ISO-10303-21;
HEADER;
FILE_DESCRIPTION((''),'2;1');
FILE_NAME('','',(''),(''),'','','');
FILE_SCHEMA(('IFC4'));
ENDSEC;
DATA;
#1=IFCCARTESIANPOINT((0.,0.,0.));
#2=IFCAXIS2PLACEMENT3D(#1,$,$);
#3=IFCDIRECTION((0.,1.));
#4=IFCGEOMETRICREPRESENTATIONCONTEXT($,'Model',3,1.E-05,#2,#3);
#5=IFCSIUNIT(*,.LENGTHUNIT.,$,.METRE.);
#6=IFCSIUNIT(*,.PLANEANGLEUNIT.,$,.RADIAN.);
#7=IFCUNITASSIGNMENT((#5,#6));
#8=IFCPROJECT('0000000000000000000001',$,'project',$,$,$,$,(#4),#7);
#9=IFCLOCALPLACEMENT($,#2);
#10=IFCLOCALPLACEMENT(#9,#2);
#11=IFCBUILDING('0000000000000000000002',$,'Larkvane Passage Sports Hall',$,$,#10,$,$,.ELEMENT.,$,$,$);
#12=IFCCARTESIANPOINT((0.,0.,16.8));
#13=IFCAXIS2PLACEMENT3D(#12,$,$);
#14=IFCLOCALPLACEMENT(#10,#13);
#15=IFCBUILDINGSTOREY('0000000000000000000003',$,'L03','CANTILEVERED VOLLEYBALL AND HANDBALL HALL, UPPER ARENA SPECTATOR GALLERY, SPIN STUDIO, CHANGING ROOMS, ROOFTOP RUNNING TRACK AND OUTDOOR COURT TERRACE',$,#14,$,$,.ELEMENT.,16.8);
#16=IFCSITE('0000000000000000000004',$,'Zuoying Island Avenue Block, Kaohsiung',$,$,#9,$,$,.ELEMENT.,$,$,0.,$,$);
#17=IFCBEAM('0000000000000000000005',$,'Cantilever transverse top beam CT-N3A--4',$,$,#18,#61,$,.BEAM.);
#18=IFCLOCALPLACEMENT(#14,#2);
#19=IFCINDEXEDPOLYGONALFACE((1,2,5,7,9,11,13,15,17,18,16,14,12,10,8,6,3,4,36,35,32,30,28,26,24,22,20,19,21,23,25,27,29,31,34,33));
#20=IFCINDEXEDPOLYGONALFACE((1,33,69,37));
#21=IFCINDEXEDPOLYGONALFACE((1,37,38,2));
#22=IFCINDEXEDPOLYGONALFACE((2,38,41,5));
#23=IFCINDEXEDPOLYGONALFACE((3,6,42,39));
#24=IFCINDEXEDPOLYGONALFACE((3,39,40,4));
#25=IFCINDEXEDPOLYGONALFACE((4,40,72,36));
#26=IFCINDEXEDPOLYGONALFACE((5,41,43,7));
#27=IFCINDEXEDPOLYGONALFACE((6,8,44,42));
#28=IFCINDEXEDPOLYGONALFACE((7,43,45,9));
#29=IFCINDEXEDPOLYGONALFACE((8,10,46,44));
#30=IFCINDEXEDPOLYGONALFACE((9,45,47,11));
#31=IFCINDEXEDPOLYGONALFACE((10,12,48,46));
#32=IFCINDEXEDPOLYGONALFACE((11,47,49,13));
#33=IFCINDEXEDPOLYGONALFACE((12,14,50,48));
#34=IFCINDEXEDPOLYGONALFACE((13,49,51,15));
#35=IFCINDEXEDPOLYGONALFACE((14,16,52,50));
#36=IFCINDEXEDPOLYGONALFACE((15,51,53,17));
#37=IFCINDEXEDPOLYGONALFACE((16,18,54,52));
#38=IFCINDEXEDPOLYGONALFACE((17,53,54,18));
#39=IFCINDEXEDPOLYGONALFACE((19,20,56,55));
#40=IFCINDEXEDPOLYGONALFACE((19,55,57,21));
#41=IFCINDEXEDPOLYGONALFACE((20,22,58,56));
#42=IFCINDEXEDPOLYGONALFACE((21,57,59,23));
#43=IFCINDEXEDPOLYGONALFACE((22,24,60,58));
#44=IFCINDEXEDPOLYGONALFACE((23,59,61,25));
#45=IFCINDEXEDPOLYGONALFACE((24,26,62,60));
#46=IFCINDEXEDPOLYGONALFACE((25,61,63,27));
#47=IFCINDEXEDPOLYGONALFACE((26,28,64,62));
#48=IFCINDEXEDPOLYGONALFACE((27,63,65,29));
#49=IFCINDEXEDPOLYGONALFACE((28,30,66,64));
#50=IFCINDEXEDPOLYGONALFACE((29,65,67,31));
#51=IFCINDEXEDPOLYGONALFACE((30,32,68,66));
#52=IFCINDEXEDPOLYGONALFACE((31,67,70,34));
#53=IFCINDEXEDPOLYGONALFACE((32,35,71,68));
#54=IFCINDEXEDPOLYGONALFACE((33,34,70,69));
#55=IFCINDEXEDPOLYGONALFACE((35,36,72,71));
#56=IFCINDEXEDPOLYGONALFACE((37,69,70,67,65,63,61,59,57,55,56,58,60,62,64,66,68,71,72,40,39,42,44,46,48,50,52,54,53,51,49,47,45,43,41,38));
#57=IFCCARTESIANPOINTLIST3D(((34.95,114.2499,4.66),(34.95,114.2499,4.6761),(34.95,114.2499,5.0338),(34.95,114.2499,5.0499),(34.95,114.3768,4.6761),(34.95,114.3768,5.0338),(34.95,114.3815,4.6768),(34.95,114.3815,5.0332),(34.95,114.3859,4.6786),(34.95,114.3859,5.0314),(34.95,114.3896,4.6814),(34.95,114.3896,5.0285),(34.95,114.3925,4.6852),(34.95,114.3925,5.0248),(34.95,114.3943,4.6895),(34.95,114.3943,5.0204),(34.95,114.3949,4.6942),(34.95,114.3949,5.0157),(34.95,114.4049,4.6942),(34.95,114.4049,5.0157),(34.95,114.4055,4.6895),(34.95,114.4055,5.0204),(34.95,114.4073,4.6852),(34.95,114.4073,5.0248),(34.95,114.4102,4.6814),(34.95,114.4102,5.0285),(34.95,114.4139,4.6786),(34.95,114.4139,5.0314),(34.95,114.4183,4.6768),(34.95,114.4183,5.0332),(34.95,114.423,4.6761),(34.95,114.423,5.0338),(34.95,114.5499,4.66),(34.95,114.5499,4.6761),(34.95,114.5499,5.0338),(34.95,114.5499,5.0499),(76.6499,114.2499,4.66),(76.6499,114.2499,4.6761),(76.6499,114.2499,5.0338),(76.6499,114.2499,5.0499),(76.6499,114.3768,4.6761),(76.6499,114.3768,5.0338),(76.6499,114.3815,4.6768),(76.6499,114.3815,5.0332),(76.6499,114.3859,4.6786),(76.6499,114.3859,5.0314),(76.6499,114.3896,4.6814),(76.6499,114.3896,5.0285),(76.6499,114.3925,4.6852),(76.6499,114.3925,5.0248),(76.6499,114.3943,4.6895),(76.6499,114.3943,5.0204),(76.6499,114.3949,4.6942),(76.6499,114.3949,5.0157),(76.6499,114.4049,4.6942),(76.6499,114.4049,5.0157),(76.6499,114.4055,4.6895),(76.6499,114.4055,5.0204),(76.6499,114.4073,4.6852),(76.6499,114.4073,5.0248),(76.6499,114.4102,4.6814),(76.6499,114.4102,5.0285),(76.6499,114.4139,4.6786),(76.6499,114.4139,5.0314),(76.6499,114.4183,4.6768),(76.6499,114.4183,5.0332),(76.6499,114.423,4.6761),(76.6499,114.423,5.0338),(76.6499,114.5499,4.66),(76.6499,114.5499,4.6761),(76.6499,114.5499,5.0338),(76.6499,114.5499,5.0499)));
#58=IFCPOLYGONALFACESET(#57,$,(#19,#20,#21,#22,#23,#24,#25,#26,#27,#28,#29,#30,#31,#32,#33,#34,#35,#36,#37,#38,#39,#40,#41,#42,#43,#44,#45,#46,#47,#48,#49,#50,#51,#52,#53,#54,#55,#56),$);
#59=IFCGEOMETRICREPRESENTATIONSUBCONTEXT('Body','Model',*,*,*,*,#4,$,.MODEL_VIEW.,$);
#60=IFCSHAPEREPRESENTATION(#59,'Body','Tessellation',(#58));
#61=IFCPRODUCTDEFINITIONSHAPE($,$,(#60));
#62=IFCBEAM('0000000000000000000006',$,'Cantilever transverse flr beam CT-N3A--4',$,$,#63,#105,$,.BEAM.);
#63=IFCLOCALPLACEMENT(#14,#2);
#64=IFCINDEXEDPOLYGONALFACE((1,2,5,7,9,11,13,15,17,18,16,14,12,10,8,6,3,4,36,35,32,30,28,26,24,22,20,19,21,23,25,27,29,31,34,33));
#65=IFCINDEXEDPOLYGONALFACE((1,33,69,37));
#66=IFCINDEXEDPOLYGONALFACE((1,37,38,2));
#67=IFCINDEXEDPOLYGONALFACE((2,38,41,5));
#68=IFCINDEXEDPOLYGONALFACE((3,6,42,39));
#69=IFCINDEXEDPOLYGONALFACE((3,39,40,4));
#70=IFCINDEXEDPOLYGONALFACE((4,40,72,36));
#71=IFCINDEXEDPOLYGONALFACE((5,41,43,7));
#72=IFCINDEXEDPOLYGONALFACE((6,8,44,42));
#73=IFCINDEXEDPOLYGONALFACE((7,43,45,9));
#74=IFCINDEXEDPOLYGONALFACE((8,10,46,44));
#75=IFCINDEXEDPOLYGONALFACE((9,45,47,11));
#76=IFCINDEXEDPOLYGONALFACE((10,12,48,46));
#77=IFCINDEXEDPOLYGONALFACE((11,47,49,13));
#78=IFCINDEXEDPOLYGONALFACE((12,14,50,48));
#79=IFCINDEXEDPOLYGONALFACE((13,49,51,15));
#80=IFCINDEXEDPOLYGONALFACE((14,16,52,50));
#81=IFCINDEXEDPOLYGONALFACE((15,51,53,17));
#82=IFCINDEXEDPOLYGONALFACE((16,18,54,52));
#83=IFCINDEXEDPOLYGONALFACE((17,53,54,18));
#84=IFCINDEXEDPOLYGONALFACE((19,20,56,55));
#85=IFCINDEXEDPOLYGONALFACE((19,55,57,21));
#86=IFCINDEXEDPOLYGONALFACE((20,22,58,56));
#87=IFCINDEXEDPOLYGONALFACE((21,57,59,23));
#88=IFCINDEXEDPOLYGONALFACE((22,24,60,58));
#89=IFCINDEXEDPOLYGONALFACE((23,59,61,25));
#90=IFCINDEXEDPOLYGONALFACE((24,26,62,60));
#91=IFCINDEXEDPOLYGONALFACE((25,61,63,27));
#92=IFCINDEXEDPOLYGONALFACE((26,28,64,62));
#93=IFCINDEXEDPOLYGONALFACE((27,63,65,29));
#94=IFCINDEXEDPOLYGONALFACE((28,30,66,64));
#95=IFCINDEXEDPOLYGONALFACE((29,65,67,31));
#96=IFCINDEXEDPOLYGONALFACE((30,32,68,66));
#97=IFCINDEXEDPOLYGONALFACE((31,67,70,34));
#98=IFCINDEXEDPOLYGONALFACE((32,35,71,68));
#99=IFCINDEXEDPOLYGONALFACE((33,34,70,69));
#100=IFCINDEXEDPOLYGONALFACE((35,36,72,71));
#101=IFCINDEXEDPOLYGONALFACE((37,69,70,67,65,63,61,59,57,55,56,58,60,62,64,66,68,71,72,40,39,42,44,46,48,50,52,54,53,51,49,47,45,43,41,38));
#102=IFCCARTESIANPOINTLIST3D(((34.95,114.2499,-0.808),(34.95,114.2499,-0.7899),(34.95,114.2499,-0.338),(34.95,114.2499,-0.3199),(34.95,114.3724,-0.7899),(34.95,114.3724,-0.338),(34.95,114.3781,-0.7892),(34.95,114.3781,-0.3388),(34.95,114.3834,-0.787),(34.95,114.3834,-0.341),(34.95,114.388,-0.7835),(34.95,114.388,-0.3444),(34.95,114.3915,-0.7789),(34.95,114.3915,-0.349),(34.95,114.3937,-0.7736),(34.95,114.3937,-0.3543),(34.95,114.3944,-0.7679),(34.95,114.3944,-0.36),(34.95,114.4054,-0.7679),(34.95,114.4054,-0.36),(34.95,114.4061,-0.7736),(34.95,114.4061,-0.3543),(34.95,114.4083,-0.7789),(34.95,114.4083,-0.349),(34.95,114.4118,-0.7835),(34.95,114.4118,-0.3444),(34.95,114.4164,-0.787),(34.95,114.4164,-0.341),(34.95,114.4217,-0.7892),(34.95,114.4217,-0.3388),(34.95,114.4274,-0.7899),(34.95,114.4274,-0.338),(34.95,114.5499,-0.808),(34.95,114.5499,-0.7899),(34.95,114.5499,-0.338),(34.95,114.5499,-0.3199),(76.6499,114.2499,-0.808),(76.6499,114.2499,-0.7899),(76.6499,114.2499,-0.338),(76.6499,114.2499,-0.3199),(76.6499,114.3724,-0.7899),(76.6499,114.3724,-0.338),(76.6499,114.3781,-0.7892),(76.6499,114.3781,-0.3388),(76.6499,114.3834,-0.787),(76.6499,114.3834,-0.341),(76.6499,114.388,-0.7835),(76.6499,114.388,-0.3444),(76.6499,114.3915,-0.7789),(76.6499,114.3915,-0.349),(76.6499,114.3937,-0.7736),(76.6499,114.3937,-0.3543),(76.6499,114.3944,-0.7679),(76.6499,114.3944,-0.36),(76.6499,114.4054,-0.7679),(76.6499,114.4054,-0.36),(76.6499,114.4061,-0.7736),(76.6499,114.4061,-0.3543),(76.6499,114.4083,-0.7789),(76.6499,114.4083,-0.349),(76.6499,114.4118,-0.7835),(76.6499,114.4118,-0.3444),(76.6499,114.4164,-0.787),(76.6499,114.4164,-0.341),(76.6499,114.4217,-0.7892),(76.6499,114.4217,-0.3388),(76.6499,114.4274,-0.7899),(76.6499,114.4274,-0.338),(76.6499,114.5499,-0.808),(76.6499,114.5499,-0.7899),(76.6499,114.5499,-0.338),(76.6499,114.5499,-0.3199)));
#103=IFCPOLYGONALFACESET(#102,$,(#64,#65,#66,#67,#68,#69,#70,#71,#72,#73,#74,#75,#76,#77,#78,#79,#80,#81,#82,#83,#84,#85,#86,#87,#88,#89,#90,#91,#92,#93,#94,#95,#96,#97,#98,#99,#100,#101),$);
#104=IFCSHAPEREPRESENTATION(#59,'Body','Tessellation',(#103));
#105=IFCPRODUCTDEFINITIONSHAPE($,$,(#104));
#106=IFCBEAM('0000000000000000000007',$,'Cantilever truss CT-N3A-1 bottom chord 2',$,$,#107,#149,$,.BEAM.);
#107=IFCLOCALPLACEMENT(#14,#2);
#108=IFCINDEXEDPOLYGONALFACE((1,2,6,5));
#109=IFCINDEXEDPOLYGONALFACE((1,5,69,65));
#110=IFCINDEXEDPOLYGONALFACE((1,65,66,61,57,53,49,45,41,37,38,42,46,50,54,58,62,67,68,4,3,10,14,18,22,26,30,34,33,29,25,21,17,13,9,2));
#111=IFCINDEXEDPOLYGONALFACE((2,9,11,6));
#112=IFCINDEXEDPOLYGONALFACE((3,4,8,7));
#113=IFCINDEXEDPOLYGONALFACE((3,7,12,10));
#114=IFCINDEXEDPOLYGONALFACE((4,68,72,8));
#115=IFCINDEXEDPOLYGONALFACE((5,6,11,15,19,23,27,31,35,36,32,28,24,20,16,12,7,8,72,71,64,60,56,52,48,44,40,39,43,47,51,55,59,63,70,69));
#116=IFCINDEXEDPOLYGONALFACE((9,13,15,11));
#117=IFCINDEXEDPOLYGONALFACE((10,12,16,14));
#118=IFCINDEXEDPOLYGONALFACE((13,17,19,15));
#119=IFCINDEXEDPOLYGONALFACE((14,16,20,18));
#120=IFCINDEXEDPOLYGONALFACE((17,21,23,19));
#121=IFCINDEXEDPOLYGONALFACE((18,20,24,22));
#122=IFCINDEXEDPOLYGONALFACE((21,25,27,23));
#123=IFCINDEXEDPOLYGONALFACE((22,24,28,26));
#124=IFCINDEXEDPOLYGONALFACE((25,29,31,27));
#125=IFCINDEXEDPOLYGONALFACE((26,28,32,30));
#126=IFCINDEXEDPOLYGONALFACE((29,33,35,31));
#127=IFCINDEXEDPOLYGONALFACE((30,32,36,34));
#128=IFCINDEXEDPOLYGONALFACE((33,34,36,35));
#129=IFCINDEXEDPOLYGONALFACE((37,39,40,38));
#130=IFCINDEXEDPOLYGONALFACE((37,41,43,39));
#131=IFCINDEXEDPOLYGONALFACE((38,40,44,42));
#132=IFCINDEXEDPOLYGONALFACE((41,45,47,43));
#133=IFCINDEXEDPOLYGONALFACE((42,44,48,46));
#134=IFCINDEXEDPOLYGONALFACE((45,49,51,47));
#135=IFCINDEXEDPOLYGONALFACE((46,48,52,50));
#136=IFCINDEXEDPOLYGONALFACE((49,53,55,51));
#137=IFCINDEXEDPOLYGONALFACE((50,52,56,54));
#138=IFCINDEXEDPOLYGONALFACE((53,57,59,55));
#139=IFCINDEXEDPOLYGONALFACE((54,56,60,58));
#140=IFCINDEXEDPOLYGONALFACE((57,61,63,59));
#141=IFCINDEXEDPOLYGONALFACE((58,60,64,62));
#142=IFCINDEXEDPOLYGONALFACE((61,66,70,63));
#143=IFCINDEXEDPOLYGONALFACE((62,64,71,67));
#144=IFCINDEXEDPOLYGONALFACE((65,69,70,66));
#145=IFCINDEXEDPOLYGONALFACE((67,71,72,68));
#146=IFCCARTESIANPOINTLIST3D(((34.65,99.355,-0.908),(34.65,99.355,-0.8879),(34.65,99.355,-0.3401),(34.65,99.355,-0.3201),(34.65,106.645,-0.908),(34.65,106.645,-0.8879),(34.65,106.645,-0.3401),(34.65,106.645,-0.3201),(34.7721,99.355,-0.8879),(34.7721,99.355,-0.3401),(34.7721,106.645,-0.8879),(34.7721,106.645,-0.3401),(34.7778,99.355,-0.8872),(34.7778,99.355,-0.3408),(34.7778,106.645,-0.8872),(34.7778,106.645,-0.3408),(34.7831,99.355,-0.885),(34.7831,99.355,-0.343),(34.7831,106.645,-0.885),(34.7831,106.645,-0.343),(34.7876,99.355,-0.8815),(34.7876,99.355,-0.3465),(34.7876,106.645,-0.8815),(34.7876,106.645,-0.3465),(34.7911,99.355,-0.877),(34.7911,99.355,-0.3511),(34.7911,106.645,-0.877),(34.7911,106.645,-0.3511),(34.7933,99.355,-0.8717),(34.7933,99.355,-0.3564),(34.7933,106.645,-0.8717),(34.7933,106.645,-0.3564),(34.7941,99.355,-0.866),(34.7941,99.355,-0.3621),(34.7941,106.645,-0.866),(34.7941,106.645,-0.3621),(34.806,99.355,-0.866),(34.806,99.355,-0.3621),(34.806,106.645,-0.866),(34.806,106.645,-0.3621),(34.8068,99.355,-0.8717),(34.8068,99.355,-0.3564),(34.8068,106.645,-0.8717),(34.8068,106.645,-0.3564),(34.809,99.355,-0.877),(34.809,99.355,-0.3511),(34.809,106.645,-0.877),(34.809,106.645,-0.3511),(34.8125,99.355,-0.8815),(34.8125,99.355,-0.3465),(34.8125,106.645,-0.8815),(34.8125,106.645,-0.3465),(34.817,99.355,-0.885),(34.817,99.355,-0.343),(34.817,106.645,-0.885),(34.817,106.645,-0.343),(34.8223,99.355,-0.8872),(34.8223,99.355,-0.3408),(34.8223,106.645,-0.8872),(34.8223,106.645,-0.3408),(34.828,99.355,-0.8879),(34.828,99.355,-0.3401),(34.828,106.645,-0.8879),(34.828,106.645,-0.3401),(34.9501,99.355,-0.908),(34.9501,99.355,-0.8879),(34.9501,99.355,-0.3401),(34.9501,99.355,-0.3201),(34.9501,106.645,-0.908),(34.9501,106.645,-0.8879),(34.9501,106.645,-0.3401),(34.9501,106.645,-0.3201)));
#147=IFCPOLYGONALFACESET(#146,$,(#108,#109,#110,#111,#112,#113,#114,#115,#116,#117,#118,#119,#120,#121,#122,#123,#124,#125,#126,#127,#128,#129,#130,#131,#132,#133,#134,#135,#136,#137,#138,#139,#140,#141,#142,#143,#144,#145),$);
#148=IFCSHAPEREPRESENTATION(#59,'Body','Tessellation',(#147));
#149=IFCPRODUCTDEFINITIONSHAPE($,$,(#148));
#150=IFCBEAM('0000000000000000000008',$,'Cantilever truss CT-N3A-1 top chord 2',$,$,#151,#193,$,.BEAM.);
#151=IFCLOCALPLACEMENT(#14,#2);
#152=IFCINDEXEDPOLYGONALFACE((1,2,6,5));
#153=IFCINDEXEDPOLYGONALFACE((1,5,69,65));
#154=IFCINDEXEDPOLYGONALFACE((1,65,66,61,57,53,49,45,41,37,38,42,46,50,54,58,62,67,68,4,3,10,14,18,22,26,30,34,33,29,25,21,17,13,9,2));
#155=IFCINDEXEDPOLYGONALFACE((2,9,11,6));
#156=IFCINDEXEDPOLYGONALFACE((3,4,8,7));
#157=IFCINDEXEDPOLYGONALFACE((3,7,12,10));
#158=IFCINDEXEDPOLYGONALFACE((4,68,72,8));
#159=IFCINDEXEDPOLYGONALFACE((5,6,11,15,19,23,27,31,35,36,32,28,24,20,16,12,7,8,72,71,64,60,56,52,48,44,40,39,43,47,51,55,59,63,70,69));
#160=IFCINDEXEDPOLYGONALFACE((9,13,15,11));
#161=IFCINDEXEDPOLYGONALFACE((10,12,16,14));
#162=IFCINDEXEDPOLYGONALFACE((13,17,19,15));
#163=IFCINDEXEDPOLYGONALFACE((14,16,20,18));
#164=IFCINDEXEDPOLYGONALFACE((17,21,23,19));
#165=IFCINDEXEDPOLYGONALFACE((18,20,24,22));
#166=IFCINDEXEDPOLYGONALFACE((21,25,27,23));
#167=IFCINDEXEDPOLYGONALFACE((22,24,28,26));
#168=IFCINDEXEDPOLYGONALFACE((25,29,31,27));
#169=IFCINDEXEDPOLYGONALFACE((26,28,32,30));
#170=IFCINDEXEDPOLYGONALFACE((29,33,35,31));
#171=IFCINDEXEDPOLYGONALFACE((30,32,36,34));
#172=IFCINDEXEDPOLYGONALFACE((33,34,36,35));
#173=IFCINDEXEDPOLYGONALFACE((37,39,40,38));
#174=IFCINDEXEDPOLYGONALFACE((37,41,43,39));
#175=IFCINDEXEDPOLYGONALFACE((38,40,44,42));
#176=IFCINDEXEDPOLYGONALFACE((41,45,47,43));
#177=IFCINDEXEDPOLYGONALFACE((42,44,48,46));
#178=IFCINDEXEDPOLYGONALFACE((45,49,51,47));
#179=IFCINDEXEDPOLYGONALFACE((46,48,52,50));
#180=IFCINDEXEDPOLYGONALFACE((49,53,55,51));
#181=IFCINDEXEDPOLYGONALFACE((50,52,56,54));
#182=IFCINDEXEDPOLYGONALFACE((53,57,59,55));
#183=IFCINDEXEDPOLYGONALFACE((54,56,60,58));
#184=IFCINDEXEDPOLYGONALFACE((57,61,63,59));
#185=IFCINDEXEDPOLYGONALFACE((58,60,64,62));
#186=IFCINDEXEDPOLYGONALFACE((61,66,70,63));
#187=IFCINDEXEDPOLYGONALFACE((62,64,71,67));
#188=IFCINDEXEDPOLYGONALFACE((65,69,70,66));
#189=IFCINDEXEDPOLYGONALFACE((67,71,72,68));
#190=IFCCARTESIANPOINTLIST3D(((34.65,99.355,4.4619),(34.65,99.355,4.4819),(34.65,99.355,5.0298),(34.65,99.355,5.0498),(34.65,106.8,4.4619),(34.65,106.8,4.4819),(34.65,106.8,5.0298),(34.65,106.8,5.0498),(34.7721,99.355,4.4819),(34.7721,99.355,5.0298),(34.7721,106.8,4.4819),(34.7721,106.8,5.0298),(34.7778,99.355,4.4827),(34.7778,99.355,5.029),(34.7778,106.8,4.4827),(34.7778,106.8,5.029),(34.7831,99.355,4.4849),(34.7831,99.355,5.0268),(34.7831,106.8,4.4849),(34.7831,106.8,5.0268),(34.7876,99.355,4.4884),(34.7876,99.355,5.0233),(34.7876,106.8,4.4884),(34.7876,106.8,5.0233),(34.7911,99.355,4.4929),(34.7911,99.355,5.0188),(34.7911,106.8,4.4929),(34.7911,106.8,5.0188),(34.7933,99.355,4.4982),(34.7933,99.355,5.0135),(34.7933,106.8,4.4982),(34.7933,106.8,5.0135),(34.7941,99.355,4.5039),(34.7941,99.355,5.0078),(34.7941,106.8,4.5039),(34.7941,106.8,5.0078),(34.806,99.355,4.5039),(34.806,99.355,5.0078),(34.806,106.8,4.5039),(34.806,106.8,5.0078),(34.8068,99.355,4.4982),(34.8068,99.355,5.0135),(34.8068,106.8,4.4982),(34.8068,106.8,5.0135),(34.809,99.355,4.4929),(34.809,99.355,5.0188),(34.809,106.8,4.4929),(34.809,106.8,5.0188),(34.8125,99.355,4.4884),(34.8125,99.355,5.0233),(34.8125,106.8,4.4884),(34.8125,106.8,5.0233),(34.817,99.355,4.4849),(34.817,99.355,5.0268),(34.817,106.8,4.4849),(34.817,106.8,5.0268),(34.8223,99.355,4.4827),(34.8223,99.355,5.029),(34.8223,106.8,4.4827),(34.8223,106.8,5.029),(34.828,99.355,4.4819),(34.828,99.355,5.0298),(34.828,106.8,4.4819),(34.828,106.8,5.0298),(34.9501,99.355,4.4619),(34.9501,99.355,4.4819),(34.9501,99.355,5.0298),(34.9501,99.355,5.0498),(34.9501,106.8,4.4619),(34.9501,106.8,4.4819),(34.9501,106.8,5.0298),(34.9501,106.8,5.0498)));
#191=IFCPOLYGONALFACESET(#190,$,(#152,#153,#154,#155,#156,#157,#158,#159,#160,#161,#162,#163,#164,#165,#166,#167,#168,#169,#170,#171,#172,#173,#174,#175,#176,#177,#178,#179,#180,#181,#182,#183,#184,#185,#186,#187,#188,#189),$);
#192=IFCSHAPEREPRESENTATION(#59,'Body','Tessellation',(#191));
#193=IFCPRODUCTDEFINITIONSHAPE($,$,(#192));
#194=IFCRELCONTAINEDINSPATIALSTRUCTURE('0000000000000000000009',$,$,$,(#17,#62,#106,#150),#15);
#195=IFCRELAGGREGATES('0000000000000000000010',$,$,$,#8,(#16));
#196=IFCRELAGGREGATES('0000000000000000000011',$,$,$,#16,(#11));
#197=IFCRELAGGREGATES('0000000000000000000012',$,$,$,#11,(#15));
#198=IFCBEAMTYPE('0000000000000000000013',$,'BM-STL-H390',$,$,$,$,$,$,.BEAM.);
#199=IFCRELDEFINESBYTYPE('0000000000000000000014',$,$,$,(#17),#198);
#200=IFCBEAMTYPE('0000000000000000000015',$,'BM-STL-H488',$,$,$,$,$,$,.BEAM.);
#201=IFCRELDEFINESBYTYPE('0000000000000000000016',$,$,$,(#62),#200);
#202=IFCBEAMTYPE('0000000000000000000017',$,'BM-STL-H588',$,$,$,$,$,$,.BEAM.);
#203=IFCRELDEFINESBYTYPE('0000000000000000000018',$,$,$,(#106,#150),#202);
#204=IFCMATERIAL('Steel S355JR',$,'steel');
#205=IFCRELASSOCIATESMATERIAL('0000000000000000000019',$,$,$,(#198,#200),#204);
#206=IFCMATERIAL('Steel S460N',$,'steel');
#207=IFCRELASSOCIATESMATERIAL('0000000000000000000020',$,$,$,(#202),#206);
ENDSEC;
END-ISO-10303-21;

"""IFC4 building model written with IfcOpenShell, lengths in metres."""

from ifc_helpers import new_model, si_unit, direction, frame, origin, origin_2d, place, context, subcontext, project, spatial, i_section, extrude, material, material_profile, profile_set, type_object, element, save


model = new_model("IFC4")

# Units and contexts
model_context = context("Model", 3, precision=1e-05, world=origin(), true_north=direction((0.0, 1.0)))
body_context = subcontext(model_context, "Body", "Model", "MODEL_VIEW")
ifc_project = project(units=[si_unit("LENGTHUNIT", "METRE"), si_unit("PLANEANGLEUNIT", "RADIAN")], contexts=[model_context])

# Site, building, storey
site_placement = place(None, origin())
site = spatial("IfcSite", under=ifc_project, at=site_placement, Name="Zuoying Island Avenue Block, Kaohsiung", CompositionType="ELEMENT", RefElevation=0.0)
building_placement = place(site_placement, origin())
building = spatial("IfcBuilding", under=site, at=building_placement, Name="Larkvane Passage Sports Hall", CompositionType="ELEMENT")
storey_placement = place(building_placement, frame((0.0, 0.0, 16.8)))
storey = spatial("IfcBuildingStorey", under=building, at=storey_placement, Name="L03", Description="CANTILEVERED VOLLEYBALL AND HANDBALL HALL, UPPER ARENA SPECTATOR GALLERY, SPIN STUDIO, CHANGING ROOMS, ROOFTOP RUNNING TRACK AND OUTDOOR COURT TERRACE", CompositionType="ELEMENT", Elevation=16.8)

# Beams
ifc_material_1 = material(Name="Steel S355JR", Category="steel")
ifc_material_profile_1 = material_profile(ifc_material_1, i_section(OverallWidth=0.3, OverallDepth=0.3899, WebThickness=0.01, FlangeThickness=0.0161, FilletRadius=0.0181, at=origin_2d()), Name="H-390x300x10x16")
ifc_profile_set_1 = profile_set([ifc_material_profile_1], Name="Steel S355JR")
beam_type_1 = type_object("IfcBeamType", Name="BM-STL-H390", PredefinedType="BEAM", material=ifc_profile_set_1)
beam_1_placement = place(storey_placement, frame((34.95, 114.3999, 4.855), z_axis=(1.0, 0.0, 0.0), x_axis=(0.0, 1.0, 0.0)))
element("IfcBeam", 1, at=beam_1_placement, inside=storey, type_object=beam_type_1, Name="Cantilever transverse top beam CT-N3A--4", PredefinedType="BEAM", context=body_context, shape_type="SweptSolid", body=[
    extrude(i_section(OverallWidth=0.3, OverallDepth=0.3899, WebThickness=0.01, FlangeThickness=0.0161, FilletRadius=0.0181, at=origin_2d()), origin(), (0.0, 0.0, 1.0), 41.7),
])
ifc_material_profile_2 = material_profile(ifc_material_1, i_section(OverallWidth=0.3, OverallDepth=0.488, WebThickness=0.011, FlangeThickness=0.0181, FilletRadius=0.022, at=origin_2d()), Name="H-488x300x11x18")
ifc_profile_set_2 = profile_set([ifc_material_profile_2], Name="Steel S355JR")
beam_type_2 = type_object("IfcBeamType", Name="BM-STL-H488", PredefinedType="BEAM", material=ifc_profile_set_2)
beam_2_placement = place(storey_placement, frame((34.95, 114.3999, -0.564), z_axis=(1.0, 0.0, 0.0), x_axis=(0.0, 1.0, 0.0)))
element("IfcBeam", 2, at=beam_2_placement, inside=storey, type_object=beam_type_2, Name="Cantilever transverse flr beam CT-N3A--4", PredefinedType="BEAM", context=body_context, shape_type="SweptSolid", body=[
    extrude(i_section(OverallWidth=0.3, OverallDepth=0.488, WebThickness=0.011, FlangeThickness=0.0181, FilletRadius=0.022, at=origin_2d()), origin(), (0.0, 0.0, 1.0), 41.7),
])
ifc_material_2 = material(Name="Steel S460N", Category="steel")
ifc_material_profile_3 = material_profile(ifc_material_2, i_section(OverallWidth=0.3, OverallDepth=0.5879, WebThickness=0.012, FlangeThickness=0.02, FilletRadius=0.022, at=origin_2d()), Name="H-588x300x12x20")
ifc_profile_set_3 = profile_set([ifc_material_profile_3], Name="Steel S460N")
beam_type_3 = type_object("IfcBeamType", Name="BM-STL-H588", PredefinedType="BEAM", material=ifc_profile_set_3)
beam_3_placement = place(storey_placement, frame((34.8, 99.355, -0.614), z_axis=(0.0, 1.0, 0.0), x_axis=(-1.0, 0.0, 0.0)))
element("IfcBeam", 3, at=beam_3_placement, inside=storey, type_object=beam_type_3, Name="Cantilever truss CT-N3A-1 bottom chord 2", PredefinedType="BEAM", context=body_context, shape_type="SweptSolid", body=[
    extrude(i_section(OverallWidth=0.3, OverallDepth=0.5879, WebThickness=0.012, FlangeThickness=0.02, FilletRadius=0.022, at=origin_2d()), origin(), (0.0, 0.0, 1.0), 7.29),
])
beam_4_placement = place(storey_placement, frame((34.8, 99.355, 4.7559), z_axis=(0.0, 1.0, 0.0), x_axis=(-1.0, 0.0, 0.0)))
element("IfcBeam", 4, at=beam_4_placement, inside=storey, type_object=beam_type_3, Name="Cantilever truss CT-N3A-1 top chord 2", PredefinedType="BEAM", context=body_context, shape_type="SweptSolid", body=[
    extrude(i_section(OverallWidth=0.3, OverallDepth=0.5879, WebThickness=0.012, FlangeThickness=0.02, FilletRadius=0.022, at=origin_2d()), origin(), (0.0, 0.0, 1.0), 7.4451),
])

save(model, "model.ifc")
